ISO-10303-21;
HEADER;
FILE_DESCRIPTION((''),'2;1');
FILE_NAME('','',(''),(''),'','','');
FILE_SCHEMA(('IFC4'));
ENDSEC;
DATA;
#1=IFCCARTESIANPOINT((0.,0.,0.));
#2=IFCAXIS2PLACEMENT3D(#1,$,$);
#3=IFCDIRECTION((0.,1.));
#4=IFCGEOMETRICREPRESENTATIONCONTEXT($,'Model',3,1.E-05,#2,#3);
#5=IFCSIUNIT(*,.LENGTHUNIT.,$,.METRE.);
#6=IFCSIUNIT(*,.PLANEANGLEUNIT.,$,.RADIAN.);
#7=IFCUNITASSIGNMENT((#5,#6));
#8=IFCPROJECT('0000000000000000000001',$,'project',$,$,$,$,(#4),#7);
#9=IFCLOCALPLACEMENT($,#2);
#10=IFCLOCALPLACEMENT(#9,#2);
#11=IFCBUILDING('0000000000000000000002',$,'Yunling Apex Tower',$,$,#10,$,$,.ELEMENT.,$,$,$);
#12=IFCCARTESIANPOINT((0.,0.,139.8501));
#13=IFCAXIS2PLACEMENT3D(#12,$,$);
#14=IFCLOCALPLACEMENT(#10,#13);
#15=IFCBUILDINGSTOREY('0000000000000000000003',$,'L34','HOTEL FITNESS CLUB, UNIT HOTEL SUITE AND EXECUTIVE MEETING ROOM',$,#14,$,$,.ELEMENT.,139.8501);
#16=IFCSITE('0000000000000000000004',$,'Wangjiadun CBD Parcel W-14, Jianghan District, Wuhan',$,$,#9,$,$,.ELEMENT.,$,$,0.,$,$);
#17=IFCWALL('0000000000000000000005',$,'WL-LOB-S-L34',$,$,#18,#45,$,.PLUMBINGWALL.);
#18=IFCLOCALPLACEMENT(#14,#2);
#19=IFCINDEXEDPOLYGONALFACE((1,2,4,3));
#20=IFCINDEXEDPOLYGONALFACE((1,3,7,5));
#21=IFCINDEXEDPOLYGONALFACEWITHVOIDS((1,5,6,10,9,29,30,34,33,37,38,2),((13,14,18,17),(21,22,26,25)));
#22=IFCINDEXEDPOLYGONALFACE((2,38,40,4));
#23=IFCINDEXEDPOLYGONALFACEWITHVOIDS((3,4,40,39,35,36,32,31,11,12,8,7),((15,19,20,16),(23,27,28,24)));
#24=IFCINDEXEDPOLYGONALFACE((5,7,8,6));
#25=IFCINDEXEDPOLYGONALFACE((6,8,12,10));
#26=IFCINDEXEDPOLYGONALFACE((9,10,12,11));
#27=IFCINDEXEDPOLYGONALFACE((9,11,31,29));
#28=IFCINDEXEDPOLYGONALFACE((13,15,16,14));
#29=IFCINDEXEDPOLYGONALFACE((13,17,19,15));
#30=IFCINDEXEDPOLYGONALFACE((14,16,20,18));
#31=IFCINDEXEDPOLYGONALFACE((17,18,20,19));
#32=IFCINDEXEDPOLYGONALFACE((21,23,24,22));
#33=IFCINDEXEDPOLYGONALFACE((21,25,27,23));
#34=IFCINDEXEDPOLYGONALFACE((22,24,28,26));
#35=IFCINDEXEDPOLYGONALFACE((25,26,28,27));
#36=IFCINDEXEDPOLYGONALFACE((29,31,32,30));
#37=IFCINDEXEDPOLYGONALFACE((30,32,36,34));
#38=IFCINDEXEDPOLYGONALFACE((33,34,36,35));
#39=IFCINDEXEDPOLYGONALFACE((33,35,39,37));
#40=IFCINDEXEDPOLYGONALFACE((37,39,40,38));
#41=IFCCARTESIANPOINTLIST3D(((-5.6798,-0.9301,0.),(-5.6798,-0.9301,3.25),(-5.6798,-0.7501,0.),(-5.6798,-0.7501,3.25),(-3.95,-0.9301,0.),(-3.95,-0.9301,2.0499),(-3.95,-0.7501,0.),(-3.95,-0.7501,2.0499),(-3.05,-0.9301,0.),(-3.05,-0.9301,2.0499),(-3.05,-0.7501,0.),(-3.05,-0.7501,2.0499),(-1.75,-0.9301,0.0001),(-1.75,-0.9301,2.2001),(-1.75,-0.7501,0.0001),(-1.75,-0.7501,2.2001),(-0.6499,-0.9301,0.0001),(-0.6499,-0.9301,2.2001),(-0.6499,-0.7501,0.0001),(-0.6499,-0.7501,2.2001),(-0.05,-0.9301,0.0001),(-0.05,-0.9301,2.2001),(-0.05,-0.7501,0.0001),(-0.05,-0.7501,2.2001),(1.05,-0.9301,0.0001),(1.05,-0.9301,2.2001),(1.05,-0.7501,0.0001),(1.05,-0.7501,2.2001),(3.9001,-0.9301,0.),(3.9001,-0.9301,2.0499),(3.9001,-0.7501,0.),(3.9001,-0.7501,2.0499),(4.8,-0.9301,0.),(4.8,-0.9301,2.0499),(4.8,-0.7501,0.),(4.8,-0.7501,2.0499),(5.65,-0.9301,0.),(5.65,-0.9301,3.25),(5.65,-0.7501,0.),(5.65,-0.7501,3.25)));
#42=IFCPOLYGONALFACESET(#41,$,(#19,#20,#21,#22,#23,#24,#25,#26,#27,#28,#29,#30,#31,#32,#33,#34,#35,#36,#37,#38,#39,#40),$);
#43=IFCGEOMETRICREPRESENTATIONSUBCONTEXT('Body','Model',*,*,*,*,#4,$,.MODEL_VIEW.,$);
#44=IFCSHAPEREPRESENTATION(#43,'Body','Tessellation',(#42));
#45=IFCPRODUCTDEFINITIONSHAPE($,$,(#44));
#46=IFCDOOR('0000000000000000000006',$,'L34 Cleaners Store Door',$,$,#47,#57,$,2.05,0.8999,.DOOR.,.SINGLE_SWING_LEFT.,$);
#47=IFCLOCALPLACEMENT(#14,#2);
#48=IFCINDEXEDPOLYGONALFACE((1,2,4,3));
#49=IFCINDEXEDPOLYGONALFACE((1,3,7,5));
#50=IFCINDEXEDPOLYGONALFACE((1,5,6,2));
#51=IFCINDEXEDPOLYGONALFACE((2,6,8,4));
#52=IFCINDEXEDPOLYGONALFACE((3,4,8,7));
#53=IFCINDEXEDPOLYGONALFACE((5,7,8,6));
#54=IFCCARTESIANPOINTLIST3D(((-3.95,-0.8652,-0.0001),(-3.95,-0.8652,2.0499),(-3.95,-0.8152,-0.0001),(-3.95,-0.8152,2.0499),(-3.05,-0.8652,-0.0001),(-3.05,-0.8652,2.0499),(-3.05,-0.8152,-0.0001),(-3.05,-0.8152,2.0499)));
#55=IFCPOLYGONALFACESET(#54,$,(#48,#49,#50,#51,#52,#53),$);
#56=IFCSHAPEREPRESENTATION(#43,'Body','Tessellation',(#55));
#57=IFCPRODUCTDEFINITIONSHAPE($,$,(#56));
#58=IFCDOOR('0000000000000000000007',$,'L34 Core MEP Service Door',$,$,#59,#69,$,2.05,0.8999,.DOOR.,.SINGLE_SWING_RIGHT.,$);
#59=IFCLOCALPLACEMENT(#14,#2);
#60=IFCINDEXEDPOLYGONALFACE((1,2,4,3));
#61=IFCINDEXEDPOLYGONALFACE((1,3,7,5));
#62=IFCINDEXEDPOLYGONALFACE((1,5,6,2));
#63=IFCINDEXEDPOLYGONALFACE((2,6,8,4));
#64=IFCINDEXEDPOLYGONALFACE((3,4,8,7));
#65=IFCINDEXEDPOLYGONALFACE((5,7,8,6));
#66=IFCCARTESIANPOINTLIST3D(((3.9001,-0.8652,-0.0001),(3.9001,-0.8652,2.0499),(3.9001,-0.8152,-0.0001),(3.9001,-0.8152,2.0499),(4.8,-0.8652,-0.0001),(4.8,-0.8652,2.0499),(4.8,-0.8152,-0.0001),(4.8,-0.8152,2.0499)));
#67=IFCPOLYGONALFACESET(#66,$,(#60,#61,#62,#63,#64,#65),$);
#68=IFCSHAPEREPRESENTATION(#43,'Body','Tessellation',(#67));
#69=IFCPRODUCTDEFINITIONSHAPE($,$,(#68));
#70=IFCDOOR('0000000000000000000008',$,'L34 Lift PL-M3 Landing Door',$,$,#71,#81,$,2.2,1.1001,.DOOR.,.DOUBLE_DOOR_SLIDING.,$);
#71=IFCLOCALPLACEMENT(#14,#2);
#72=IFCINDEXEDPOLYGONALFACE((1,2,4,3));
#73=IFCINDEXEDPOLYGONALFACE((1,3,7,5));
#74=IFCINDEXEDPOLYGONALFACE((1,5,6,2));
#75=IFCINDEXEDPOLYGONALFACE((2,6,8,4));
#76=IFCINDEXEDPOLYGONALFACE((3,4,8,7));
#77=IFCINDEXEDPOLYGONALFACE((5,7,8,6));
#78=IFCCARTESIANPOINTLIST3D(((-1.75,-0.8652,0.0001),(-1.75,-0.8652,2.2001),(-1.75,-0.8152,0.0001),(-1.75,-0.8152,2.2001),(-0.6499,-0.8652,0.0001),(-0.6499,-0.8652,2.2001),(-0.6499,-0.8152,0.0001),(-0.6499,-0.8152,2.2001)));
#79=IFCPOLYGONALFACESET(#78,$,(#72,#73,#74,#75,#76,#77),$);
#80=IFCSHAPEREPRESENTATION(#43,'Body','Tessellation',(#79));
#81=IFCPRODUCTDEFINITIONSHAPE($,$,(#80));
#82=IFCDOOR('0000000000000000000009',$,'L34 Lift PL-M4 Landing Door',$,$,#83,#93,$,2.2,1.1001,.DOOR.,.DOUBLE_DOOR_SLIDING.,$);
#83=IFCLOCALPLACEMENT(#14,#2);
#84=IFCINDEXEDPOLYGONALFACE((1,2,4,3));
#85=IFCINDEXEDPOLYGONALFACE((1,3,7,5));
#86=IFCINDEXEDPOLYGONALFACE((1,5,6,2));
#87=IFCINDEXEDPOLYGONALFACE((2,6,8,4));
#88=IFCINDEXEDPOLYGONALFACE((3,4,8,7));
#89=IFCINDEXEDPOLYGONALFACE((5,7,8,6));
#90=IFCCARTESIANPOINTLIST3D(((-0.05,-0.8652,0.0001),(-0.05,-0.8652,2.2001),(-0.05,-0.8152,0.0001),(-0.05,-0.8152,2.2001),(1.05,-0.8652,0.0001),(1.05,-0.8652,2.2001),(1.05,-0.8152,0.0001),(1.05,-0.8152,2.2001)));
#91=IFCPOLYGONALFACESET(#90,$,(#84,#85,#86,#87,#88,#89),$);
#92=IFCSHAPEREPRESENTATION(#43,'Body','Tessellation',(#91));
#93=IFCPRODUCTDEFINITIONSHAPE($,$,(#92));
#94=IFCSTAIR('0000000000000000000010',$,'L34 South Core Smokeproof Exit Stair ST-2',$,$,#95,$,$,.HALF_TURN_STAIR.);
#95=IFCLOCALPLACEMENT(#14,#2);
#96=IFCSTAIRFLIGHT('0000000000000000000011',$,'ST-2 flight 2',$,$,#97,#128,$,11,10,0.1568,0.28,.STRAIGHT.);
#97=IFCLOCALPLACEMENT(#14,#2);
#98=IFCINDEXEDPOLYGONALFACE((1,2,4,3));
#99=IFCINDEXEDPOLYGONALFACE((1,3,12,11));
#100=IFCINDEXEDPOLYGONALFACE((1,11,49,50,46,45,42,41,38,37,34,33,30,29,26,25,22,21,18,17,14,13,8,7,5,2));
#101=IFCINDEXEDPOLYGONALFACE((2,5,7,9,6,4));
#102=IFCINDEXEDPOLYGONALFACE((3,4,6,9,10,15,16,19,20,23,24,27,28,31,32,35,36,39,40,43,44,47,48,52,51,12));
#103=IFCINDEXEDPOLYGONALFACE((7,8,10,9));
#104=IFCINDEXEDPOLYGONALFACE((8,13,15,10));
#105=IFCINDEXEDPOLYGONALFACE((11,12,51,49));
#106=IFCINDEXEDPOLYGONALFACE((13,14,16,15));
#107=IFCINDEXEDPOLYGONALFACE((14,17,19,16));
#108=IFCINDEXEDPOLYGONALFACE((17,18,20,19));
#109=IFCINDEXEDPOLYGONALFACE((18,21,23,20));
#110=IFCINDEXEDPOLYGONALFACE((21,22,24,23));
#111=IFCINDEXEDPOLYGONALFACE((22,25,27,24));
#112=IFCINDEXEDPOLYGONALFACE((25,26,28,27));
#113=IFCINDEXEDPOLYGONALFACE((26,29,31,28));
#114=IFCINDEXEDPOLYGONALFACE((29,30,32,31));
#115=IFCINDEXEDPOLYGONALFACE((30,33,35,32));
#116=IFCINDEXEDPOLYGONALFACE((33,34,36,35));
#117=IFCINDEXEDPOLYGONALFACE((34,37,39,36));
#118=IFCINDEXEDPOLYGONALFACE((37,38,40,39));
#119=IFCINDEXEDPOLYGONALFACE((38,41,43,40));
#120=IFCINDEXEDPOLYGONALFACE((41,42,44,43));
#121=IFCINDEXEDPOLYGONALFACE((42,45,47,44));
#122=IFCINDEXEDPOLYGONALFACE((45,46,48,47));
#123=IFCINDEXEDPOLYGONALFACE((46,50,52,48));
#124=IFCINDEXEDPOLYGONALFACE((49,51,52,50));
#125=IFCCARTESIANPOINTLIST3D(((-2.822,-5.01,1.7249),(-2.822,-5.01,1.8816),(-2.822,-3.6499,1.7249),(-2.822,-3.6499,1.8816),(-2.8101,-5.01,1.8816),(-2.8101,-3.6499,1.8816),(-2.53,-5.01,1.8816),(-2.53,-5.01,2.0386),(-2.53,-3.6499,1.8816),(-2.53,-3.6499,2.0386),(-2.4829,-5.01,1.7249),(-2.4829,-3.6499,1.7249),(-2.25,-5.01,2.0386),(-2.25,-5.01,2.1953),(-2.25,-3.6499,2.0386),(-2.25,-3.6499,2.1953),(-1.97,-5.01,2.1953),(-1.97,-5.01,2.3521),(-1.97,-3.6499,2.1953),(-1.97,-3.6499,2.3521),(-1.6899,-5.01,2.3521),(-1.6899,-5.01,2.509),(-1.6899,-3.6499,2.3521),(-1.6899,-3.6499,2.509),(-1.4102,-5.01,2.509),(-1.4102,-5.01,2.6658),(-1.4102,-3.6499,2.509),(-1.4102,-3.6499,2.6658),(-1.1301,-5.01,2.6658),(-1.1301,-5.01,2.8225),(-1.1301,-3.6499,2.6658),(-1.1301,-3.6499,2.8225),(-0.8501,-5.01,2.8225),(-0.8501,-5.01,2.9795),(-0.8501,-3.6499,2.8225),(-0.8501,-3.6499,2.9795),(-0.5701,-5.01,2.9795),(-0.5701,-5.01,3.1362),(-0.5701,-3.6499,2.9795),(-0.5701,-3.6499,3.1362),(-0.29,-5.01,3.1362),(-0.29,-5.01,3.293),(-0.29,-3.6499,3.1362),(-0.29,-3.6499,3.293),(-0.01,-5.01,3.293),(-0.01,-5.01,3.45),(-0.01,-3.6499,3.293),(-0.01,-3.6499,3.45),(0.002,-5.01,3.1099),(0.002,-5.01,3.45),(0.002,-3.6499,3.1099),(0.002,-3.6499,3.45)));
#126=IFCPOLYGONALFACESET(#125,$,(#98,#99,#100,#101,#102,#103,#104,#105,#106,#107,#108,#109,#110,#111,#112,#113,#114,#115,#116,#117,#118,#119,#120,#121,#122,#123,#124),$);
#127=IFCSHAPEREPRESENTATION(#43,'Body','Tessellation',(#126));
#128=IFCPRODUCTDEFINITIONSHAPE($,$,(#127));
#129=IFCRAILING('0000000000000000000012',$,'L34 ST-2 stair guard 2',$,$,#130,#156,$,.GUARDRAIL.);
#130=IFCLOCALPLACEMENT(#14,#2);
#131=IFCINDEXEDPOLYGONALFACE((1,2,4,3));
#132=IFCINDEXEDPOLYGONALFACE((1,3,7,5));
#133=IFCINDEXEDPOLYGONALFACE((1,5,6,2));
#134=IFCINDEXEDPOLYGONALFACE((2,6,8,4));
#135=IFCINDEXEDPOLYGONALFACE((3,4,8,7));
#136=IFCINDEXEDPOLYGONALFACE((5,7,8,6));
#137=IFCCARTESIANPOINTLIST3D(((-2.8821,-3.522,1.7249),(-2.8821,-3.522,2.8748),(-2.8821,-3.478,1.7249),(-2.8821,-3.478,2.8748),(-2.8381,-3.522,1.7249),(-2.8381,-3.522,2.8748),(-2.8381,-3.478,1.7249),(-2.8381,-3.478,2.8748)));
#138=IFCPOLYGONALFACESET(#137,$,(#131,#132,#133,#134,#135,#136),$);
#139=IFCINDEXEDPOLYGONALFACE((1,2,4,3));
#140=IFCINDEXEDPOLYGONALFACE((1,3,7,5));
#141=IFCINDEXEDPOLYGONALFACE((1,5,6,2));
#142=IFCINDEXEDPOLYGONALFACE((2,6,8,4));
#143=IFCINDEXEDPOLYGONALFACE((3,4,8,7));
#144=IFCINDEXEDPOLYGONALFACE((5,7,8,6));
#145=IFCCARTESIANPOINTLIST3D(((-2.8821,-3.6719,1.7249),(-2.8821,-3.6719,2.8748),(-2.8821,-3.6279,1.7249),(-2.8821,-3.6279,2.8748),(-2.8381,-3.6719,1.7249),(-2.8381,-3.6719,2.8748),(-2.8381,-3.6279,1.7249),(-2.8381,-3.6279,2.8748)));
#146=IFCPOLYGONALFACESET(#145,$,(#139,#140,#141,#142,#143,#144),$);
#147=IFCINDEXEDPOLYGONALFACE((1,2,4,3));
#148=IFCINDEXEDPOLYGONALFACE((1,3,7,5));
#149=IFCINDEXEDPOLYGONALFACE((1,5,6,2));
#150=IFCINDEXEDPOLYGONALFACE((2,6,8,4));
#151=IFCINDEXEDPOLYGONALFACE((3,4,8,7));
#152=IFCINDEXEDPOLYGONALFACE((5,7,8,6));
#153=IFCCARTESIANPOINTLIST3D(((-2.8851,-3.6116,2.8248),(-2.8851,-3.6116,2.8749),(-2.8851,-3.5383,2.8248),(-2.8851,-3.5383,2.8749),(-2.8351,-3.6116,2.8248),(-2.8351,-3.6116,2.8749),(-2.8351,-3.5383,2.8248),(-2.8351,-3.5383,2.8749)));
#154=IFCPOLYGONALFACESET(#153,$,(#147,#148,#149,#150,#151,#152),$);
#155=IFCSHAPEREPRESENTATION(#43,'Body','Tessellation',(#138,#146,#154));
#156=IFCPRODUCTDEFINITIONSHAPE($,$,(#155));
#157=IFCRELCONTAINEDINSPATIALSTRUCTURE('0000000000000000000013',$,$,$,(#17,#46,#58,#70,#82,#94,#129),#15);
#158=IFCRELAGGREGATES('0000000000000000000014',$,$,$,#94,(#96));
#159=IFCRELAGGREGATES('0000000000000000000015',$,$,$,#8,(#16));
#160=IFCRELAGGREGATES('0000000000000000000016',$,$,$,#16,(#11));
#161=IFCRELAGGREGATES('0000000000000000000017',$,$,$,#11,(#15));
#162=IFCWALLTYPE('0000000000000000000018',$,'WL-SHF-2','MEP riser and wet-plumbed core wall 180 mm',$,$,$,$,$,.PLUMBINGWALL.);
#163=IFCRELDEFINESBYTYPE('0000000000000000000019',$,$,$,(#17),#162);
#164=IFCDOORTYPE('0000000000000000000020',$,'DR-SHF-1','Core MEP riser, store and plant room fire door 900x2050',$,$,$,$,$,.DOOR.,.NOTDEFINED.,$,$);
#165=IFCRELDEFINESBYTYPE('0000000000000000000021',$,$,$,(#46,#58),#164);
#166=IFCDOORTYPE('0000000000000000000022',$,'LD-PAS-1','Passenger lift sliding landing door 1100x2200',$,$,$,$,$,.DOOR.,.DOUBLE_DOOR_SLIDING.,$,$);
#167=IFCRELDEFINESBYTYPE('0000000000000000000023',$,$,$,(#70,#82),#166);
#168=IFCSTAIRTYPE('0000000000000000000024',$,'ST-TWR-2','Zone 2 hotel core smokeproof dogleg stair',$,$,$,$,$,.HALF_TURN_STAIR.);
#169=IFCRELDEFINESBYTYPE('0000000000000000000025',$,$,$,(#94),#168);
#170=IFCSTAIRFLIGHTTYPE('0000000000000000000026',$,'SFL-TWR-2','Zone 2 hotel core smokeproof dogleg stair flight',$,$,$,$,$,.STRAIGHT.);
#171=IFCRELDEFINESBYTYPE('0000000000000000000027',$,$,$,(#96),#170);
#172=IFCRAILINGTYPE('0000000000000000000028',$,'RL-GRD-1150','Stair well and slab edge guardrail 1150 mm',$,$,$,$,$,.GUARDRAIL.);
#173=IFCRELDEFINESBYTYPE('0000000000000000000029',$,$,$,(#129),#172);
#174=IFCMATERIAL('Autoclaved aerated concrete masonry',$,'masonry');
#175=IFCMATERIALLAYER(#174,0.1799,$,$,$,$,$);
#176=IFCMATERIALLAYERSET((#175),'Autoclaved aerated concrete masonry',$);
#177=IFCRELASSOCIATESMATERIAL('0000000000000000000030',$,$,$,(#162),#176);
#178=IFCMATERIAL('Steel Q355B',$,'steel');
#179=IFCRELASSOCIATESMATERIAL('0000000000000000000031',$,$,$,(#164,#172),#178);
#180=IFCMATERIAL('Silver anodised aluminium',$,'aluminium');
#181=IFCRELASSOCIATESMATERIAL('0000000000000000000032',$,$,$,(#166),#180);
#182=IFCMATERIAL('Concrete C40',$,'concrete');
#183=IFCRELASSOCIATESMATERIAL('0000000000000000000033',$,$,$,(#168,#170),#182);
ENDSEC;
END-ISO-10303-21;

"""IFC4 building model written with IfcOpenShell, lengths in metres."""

from ifc_helpers import new_model, si_unit, direction, frame, frame_2d, origin, origin_2d, place, context, subcontext, project, spatial, polyline, rectangle, outline, extrude, material, layer, layer_set, type_object, element, fill, aggregate, save


model = new_model("IFC4")

# Units and contexts
model_context = context("Model", 3, precision=1e-05, world=origin(), true_north=direction((0.0, 1.0)))
body_context = subcontext(model_context, "Body", "Model", "MODEL_VIEW")
ifc_project = project(units=[si_unit("LENGTHUNIT", "METRE"), si_unit("PLANEANGLEUNIT", "RADIAN")], contexts=[model_context])

# Site, building, storey
site_placement = place(None, origin())
site = spatial("IfcSite", under=ifc_project, at=site_placement, Name="Wangjiadun CBD Parcel W-14, Jianghan District, Wuhan", CompositionType="ELEMENT", RefElevation=0.0)
building_placement = place(site_placement, origin())
building = spatial("IfcBuilding", under=site, at=building_placement, Name="Yunling Apex Tower", CompositionType="ELEMENT")
storey_placement = place(building_placement, frame((0.0, 0.0, 139.8501)))
storey = spatial("IfcBuildingStorey", under=building, at=storey_placement, Name="L34", Description="HOTEL FITNESS CLUB, UNIT HOTEL SUITE AND EXECUTIVE MEETING ROOM", CompositionType="ELEMENT", Elevation=139.8501)

# Shared definitions
ifc_material_1 = material(Name="Steel Q355B", Category="steel")

# Shared definitions
ifc_material_2 = material(Name="Concrete C40", Category="concrete")

# Shared definitions
ifc_material_3 = material(Name="Autoclaved aerated concrete masonry", Category="masonry")

# Wall, openings, doors
ifc_layer_1 = layer(ifc_material_3, 0.1799)
ifc_layer_set_1 = layer_set([ifc_layer_1], Name="Autoclaved aerated concrete masonry")
wall_type_1 = type_object("IfcWallType", Name="WL-SHF-2", Description="MEP riser and wet-plumbed core wall 180 mm", PredefinedType="PLUMBINGWALL", material=ifc_layer_set_1)
door_type_1 = type_object("IfcDoorType", Name="DR-SHF-1", Description="Core MEP riser, store and plant room fire door 900x2050", OperationType="NOTDEFINED", PredefinedType="DOOR", material=ifc_material_1)
ifc_material_4 = material(Name="Silver anodised aluminium", Category="aluminium")
door_type_2 = type_object("IfcDoorType", Name="LD-PAS-1", Description="Passenger lift sliding landing door 1100x2200", OperationType="DOUBLE_DOOR_SLIDING", PredefinedType="DOOR", material=ifc_material_4)
wall_1_placement = place(storey_placement, frame((-5.6799, -0.8401, 0.0), z_axis=(0.0, 0.0, 1.0), x_axis=(1.0, 0.0, 0.0)))
wall_1 = element("IfcWall", 1, at=wall_1_placement, inside=storey, type_object=wall_type_1, Name="WL-LOB-S-L34", PredefinedType="PLUMBINGWALL", context=body_context, shape_type="SweptSolid", body=[
    extrude(rectangle(XDim=11.3298, YDim=0.1799, at=frame_2d((5.665, 0.0))), origin(), (0.0, 0.0, 1.0), 3.25),
])
opening_1_placement = place(wall_1_placement, frame((1.73, 0.0, 0.0)))
opening_1 = element("IfcOpeningElement", 2, at=opening_1_placement, cuts=wall_1, PredefinedType="OPENING", context=body_context, shape_type="SweptSolid", body=[
    extrude(rectangle(XDim=0.8999, YDim=2.05, at=frame_2d((0.45, 1.0249))), frame((0.0, 0.1001, 0.0), z_axis=(0.0, -1.0, 0.0), x_axis=(1.0, 0.0, 0.0)), (0.0, 0.0, 1.0), 0.2),
])
opening_2_placement = place(wall_1_placement, frame((3.9299, 0.0, 0.0)))
opening_2 = element("IfcOpeningElement", 3, at=opening_2_placement, cuts=wall_1, PredefinedType="OPENING", context=body_context, shape_type="SweptSolid", body=[
    extrude(rectangle(XDim=1.1001, YDim=2.2, at=frame_2d((0.55, 1.1001))), frame((0.0, 0.1001, 0.0), z_axis=(0.0, -1.0, 0.0), x_axis=(1.0, 0.0, 0.0)), (0.0, 0.0, 1.0), 0.2),
])
opening_3_placement = place(wall_1_placement, frame((5.6299, 0.0, 0.0)))
opening_3 = element("IfcOpeningElement", 4, at=opening_3_placement, cuts=wall_1, PredefinedType="OPENING", context=body_context, shape_type="SweptSolid", body=[
    extrude(rectangle(XDim=1.1001, YDim=2.2, at=frame_2d((0.55, 1.1001))), frame((0.0, 0.1001, 0.0), z_axis=(0.0, -1.0, 0.0), x_axis=(1.0, 0.0, 0.0)), (0.0, 0.0, 1.0), 0.2),
])
opening_4_placement = place(wall_1_placement, frame((9.5801, 0.0, 0.0)))
opening_4 = element("IfcOpeningElement", 5, at=opening_4_placement, cuts=wall_1, PredefinedType="OPENING", context=body_context, shape_type="SweptSolid", body=[
    extrude(rectangle(XDim=0.8999, YDim=2.05, at=frame_2d((0.45, 1.0249))), frame((0.0, 0.1001, 0.0), z_axis=(0.0, -1.0, 0.0), x_axis=(1.0, 0.0, 0.0)), (0.0, 0.0, 1.0), 0.2),
])
door_1_placement = place(opening_1_placement, origin())
door_1 = element("IfcDoor", 6, at=door_1_placement, inside=storey, type_object=door_type_1, Name="L34 Cleaners Store Door", OperationType="SINGLE_SWING_LEFT", OverallHeight=2.05, OverallWidth=0.8999, PredefinedType="DOOR", context=body_context, shape_type="SweptSolid", body=[
    extrude(rectangle(XDim=0.8999, YDim=2.05, at=frame_2d((0.45, 1.0249))), frame((0.0, 0.0249, 0.0), z_axis=(0.0, -1.0, 0.0), x_axis=(1.0, 0.0, 0.0)), (0.0, 0.0, 1.0), 0.05),
])
fill(opening_1, door_1)
door_2_placement = place(opening_4_placement, origin())
door_2 = element("IfcDoor", 7, at=door_2_placement, inside=storey, type_object=door_type_1, Name="L34 Core MEP Service Door", OperationType="SINGLE_SWING_RIGHT", OverallHeight=2.05, OverallWidth=0.8999, PredefinedType="DOOR", context=body_context, shape_type="SweptSolid", body=[
    extrude(rectangle(XDim=0.8999, YDim=2.05, at=frame_2d((0.45, 1.0249))), frame((0.0, 0.0249, 0.0), z_axis=(0.0, -1.0, 0.0), x_axis=(1.0, 0.0, 0.0)), (0.0, 0.0, 1.0), 0.05),
])
fill(opening_4, door_2)
door_3_placement = place(opening_2_placement, origin())
door_3 = element("IfcDoor", 8, at=door_3_placement, inside=storey, type_object=door_type_2, Name="L34 Lift PL-M3 Landing Door", OperationType="DOUBLE_DOOR_SLIDING", OverallHeight=2.2, OverallWidth=1.1001, PredefinedType="DOOR", context=body_context, shape_type="SweptSolid", body=[
    extrude(rectangle(XDim=1.1001, YDim=2.2, at=frame_2d((0.55, 1.1001))), frame((0.0, 0.0249, 0.0), z_axis=(0.0, -1.0, 0.0), x_axis=(1.0, 0.0, 0.0)), (0.0, 0.0, 1.0), 0.05),
])
fill(opening_2, door_3)
door_4_placement = place(opening_3_placement, origin())
door_4 = element("IfcDoor", 9, at=door_4_placement, inside=storey, type_object=door_type_2, Name="L34 Lift PL-M4 Landing Door", OperationType="DOUBLE_DOOR_SLIDING", OverallHeight=2.2, OverallWidth=1.1001, PredefinedType="DOOR", context=body_context, shape_type="SweptSolid", body=[
    extrude(rectangle(XDim=1.1001, YDim=2.2, at=frame_2d((0.55, 1.1001))), frame((0.0, 0.0249, 0.0), z_axis=(0.0, -1.0, 0.0), x_axis=(1.0, 0.0, 0.0)), (0.0, 0.0, 1.0), 0.05),
])
fill(opening_3, door_4)

# Stair, stair flight
stair_type = type_object("IfcStairType", Name="ST-TWR-2", Description="Zone 2 hotel core smokeproof dogleg stair", PredefinedType="HALF_TURN_STAIR", material=ifc_material_2)
stair_placement = place(storey_placement, origin())
stair = element("IfcStair", 10, at=stair_placement, inside=storey, type_object=stair_type, Name="L34 South Core Smokeproof Exit Stair ST-2", PredefinedType="HALF_TURN_STAIR")
stair_flight_type = type_object("IfcStairFlightType", Name="SFL-TWR-2", Description="Zone 2 hotel core smokeproof dogleg stair flight", PredefinedType="STRAIGHT", material=ifc_material_2)
stair_flight_placement = place(storey_placement, frame((-2.8101, -4.3301, 1.7249), z_axis=(0.0, 0.0, 1.0), x_axis=(1.0, 0.0, 0.0)))
stair_flight = element("IfcStairFlight", 11, at=stair_flight_placement, type_object=stair_flight_type, Name="ST-2 flight 2", NumberOfRisers=11, NumberOfTreads=10, PredefinedType="STRAIGHT", RiserHeight=0.1568, TreadLength=0.28, context=body_context, shape_type="SweptSolid", body=[
    extrude(outline(polyline([(-0.012, 0.0), (-0.012, 0.1567), (0.0, 0.1567), (0.28, 0.1567), (0.28, 0.3137), (0.5601, 0.3137), (0.5601, 0.4705), (0.8401, 0.4705), (0.8401, 0.6272), (1.1201, 0.6272), (1.1201, 0.7842), (1.3999, 0.7842), (1.3999, 0.9409), (1.6799, 0.9409), (1.6799, 1.0977), (1.96, 1.0977), (1.96, 1.2546), (2.24, 1.2546), (2.24, 1.4114), (2.52, 1.4114), (2.52, 1.5681), (2.8, 1.5681), (2.8, 1.7251), (2.812, 1.7251), (2.812, 1.385), (0.3271, 0.0), (-0.012, 0.0)])), frame((0.0, 0.6802, 0.0), z_axis=(0.0, -1.0, 0.0), x_axis=(1.0, 0.0, 0.0)), (0.0, 0.0, 1.0), 1.3601),
])
aggregate(stair, [stair_flight])

# Railing
railing_type_1 = type_object("IfcRailingType", Name="RL-GRD-1150", Description="Stair well and slab edge guardrail 1150 mm", PredefinedType="GUARDRAIL", material=ifc_material_1)
railing_1_placement = place(storey_placement, frame((-2.8601, -3.5, 1.7249)))
element("IfcRailing", 12, at=railing_1_placement, inside=storey, type_object=railing_type_1, Name="L34 ST-2 stair guard 2", PredefinedType="GUARDRAIL", context=body_context, shape_type="SweptSolid", body=[
    extrude(rectangle(XDim=0.0439, YDim=0.0439, at=origin_2d()), origin(), (0.0, 0.0, 1.0), 1.1499),
    extrude(rectangle(XDim=0.0439, YDim=0.0439, at=origin_2d()), frame((0.0, -0.1499, 0.0)), (0.0, 0.0, 1.0), 1.1499),
    extrude(rectangle(XDim=0.05, YDim=0.05, at=origin_2d()), frame((0.0, -0.0383, 1.125), z_axis=(0.0, -1.0, 0.0), x_axis=(1.0, 0.0, 0.0)), (0.0, 0.0, 1.0), 0.0732),
])

save(model, "model.ifc")
